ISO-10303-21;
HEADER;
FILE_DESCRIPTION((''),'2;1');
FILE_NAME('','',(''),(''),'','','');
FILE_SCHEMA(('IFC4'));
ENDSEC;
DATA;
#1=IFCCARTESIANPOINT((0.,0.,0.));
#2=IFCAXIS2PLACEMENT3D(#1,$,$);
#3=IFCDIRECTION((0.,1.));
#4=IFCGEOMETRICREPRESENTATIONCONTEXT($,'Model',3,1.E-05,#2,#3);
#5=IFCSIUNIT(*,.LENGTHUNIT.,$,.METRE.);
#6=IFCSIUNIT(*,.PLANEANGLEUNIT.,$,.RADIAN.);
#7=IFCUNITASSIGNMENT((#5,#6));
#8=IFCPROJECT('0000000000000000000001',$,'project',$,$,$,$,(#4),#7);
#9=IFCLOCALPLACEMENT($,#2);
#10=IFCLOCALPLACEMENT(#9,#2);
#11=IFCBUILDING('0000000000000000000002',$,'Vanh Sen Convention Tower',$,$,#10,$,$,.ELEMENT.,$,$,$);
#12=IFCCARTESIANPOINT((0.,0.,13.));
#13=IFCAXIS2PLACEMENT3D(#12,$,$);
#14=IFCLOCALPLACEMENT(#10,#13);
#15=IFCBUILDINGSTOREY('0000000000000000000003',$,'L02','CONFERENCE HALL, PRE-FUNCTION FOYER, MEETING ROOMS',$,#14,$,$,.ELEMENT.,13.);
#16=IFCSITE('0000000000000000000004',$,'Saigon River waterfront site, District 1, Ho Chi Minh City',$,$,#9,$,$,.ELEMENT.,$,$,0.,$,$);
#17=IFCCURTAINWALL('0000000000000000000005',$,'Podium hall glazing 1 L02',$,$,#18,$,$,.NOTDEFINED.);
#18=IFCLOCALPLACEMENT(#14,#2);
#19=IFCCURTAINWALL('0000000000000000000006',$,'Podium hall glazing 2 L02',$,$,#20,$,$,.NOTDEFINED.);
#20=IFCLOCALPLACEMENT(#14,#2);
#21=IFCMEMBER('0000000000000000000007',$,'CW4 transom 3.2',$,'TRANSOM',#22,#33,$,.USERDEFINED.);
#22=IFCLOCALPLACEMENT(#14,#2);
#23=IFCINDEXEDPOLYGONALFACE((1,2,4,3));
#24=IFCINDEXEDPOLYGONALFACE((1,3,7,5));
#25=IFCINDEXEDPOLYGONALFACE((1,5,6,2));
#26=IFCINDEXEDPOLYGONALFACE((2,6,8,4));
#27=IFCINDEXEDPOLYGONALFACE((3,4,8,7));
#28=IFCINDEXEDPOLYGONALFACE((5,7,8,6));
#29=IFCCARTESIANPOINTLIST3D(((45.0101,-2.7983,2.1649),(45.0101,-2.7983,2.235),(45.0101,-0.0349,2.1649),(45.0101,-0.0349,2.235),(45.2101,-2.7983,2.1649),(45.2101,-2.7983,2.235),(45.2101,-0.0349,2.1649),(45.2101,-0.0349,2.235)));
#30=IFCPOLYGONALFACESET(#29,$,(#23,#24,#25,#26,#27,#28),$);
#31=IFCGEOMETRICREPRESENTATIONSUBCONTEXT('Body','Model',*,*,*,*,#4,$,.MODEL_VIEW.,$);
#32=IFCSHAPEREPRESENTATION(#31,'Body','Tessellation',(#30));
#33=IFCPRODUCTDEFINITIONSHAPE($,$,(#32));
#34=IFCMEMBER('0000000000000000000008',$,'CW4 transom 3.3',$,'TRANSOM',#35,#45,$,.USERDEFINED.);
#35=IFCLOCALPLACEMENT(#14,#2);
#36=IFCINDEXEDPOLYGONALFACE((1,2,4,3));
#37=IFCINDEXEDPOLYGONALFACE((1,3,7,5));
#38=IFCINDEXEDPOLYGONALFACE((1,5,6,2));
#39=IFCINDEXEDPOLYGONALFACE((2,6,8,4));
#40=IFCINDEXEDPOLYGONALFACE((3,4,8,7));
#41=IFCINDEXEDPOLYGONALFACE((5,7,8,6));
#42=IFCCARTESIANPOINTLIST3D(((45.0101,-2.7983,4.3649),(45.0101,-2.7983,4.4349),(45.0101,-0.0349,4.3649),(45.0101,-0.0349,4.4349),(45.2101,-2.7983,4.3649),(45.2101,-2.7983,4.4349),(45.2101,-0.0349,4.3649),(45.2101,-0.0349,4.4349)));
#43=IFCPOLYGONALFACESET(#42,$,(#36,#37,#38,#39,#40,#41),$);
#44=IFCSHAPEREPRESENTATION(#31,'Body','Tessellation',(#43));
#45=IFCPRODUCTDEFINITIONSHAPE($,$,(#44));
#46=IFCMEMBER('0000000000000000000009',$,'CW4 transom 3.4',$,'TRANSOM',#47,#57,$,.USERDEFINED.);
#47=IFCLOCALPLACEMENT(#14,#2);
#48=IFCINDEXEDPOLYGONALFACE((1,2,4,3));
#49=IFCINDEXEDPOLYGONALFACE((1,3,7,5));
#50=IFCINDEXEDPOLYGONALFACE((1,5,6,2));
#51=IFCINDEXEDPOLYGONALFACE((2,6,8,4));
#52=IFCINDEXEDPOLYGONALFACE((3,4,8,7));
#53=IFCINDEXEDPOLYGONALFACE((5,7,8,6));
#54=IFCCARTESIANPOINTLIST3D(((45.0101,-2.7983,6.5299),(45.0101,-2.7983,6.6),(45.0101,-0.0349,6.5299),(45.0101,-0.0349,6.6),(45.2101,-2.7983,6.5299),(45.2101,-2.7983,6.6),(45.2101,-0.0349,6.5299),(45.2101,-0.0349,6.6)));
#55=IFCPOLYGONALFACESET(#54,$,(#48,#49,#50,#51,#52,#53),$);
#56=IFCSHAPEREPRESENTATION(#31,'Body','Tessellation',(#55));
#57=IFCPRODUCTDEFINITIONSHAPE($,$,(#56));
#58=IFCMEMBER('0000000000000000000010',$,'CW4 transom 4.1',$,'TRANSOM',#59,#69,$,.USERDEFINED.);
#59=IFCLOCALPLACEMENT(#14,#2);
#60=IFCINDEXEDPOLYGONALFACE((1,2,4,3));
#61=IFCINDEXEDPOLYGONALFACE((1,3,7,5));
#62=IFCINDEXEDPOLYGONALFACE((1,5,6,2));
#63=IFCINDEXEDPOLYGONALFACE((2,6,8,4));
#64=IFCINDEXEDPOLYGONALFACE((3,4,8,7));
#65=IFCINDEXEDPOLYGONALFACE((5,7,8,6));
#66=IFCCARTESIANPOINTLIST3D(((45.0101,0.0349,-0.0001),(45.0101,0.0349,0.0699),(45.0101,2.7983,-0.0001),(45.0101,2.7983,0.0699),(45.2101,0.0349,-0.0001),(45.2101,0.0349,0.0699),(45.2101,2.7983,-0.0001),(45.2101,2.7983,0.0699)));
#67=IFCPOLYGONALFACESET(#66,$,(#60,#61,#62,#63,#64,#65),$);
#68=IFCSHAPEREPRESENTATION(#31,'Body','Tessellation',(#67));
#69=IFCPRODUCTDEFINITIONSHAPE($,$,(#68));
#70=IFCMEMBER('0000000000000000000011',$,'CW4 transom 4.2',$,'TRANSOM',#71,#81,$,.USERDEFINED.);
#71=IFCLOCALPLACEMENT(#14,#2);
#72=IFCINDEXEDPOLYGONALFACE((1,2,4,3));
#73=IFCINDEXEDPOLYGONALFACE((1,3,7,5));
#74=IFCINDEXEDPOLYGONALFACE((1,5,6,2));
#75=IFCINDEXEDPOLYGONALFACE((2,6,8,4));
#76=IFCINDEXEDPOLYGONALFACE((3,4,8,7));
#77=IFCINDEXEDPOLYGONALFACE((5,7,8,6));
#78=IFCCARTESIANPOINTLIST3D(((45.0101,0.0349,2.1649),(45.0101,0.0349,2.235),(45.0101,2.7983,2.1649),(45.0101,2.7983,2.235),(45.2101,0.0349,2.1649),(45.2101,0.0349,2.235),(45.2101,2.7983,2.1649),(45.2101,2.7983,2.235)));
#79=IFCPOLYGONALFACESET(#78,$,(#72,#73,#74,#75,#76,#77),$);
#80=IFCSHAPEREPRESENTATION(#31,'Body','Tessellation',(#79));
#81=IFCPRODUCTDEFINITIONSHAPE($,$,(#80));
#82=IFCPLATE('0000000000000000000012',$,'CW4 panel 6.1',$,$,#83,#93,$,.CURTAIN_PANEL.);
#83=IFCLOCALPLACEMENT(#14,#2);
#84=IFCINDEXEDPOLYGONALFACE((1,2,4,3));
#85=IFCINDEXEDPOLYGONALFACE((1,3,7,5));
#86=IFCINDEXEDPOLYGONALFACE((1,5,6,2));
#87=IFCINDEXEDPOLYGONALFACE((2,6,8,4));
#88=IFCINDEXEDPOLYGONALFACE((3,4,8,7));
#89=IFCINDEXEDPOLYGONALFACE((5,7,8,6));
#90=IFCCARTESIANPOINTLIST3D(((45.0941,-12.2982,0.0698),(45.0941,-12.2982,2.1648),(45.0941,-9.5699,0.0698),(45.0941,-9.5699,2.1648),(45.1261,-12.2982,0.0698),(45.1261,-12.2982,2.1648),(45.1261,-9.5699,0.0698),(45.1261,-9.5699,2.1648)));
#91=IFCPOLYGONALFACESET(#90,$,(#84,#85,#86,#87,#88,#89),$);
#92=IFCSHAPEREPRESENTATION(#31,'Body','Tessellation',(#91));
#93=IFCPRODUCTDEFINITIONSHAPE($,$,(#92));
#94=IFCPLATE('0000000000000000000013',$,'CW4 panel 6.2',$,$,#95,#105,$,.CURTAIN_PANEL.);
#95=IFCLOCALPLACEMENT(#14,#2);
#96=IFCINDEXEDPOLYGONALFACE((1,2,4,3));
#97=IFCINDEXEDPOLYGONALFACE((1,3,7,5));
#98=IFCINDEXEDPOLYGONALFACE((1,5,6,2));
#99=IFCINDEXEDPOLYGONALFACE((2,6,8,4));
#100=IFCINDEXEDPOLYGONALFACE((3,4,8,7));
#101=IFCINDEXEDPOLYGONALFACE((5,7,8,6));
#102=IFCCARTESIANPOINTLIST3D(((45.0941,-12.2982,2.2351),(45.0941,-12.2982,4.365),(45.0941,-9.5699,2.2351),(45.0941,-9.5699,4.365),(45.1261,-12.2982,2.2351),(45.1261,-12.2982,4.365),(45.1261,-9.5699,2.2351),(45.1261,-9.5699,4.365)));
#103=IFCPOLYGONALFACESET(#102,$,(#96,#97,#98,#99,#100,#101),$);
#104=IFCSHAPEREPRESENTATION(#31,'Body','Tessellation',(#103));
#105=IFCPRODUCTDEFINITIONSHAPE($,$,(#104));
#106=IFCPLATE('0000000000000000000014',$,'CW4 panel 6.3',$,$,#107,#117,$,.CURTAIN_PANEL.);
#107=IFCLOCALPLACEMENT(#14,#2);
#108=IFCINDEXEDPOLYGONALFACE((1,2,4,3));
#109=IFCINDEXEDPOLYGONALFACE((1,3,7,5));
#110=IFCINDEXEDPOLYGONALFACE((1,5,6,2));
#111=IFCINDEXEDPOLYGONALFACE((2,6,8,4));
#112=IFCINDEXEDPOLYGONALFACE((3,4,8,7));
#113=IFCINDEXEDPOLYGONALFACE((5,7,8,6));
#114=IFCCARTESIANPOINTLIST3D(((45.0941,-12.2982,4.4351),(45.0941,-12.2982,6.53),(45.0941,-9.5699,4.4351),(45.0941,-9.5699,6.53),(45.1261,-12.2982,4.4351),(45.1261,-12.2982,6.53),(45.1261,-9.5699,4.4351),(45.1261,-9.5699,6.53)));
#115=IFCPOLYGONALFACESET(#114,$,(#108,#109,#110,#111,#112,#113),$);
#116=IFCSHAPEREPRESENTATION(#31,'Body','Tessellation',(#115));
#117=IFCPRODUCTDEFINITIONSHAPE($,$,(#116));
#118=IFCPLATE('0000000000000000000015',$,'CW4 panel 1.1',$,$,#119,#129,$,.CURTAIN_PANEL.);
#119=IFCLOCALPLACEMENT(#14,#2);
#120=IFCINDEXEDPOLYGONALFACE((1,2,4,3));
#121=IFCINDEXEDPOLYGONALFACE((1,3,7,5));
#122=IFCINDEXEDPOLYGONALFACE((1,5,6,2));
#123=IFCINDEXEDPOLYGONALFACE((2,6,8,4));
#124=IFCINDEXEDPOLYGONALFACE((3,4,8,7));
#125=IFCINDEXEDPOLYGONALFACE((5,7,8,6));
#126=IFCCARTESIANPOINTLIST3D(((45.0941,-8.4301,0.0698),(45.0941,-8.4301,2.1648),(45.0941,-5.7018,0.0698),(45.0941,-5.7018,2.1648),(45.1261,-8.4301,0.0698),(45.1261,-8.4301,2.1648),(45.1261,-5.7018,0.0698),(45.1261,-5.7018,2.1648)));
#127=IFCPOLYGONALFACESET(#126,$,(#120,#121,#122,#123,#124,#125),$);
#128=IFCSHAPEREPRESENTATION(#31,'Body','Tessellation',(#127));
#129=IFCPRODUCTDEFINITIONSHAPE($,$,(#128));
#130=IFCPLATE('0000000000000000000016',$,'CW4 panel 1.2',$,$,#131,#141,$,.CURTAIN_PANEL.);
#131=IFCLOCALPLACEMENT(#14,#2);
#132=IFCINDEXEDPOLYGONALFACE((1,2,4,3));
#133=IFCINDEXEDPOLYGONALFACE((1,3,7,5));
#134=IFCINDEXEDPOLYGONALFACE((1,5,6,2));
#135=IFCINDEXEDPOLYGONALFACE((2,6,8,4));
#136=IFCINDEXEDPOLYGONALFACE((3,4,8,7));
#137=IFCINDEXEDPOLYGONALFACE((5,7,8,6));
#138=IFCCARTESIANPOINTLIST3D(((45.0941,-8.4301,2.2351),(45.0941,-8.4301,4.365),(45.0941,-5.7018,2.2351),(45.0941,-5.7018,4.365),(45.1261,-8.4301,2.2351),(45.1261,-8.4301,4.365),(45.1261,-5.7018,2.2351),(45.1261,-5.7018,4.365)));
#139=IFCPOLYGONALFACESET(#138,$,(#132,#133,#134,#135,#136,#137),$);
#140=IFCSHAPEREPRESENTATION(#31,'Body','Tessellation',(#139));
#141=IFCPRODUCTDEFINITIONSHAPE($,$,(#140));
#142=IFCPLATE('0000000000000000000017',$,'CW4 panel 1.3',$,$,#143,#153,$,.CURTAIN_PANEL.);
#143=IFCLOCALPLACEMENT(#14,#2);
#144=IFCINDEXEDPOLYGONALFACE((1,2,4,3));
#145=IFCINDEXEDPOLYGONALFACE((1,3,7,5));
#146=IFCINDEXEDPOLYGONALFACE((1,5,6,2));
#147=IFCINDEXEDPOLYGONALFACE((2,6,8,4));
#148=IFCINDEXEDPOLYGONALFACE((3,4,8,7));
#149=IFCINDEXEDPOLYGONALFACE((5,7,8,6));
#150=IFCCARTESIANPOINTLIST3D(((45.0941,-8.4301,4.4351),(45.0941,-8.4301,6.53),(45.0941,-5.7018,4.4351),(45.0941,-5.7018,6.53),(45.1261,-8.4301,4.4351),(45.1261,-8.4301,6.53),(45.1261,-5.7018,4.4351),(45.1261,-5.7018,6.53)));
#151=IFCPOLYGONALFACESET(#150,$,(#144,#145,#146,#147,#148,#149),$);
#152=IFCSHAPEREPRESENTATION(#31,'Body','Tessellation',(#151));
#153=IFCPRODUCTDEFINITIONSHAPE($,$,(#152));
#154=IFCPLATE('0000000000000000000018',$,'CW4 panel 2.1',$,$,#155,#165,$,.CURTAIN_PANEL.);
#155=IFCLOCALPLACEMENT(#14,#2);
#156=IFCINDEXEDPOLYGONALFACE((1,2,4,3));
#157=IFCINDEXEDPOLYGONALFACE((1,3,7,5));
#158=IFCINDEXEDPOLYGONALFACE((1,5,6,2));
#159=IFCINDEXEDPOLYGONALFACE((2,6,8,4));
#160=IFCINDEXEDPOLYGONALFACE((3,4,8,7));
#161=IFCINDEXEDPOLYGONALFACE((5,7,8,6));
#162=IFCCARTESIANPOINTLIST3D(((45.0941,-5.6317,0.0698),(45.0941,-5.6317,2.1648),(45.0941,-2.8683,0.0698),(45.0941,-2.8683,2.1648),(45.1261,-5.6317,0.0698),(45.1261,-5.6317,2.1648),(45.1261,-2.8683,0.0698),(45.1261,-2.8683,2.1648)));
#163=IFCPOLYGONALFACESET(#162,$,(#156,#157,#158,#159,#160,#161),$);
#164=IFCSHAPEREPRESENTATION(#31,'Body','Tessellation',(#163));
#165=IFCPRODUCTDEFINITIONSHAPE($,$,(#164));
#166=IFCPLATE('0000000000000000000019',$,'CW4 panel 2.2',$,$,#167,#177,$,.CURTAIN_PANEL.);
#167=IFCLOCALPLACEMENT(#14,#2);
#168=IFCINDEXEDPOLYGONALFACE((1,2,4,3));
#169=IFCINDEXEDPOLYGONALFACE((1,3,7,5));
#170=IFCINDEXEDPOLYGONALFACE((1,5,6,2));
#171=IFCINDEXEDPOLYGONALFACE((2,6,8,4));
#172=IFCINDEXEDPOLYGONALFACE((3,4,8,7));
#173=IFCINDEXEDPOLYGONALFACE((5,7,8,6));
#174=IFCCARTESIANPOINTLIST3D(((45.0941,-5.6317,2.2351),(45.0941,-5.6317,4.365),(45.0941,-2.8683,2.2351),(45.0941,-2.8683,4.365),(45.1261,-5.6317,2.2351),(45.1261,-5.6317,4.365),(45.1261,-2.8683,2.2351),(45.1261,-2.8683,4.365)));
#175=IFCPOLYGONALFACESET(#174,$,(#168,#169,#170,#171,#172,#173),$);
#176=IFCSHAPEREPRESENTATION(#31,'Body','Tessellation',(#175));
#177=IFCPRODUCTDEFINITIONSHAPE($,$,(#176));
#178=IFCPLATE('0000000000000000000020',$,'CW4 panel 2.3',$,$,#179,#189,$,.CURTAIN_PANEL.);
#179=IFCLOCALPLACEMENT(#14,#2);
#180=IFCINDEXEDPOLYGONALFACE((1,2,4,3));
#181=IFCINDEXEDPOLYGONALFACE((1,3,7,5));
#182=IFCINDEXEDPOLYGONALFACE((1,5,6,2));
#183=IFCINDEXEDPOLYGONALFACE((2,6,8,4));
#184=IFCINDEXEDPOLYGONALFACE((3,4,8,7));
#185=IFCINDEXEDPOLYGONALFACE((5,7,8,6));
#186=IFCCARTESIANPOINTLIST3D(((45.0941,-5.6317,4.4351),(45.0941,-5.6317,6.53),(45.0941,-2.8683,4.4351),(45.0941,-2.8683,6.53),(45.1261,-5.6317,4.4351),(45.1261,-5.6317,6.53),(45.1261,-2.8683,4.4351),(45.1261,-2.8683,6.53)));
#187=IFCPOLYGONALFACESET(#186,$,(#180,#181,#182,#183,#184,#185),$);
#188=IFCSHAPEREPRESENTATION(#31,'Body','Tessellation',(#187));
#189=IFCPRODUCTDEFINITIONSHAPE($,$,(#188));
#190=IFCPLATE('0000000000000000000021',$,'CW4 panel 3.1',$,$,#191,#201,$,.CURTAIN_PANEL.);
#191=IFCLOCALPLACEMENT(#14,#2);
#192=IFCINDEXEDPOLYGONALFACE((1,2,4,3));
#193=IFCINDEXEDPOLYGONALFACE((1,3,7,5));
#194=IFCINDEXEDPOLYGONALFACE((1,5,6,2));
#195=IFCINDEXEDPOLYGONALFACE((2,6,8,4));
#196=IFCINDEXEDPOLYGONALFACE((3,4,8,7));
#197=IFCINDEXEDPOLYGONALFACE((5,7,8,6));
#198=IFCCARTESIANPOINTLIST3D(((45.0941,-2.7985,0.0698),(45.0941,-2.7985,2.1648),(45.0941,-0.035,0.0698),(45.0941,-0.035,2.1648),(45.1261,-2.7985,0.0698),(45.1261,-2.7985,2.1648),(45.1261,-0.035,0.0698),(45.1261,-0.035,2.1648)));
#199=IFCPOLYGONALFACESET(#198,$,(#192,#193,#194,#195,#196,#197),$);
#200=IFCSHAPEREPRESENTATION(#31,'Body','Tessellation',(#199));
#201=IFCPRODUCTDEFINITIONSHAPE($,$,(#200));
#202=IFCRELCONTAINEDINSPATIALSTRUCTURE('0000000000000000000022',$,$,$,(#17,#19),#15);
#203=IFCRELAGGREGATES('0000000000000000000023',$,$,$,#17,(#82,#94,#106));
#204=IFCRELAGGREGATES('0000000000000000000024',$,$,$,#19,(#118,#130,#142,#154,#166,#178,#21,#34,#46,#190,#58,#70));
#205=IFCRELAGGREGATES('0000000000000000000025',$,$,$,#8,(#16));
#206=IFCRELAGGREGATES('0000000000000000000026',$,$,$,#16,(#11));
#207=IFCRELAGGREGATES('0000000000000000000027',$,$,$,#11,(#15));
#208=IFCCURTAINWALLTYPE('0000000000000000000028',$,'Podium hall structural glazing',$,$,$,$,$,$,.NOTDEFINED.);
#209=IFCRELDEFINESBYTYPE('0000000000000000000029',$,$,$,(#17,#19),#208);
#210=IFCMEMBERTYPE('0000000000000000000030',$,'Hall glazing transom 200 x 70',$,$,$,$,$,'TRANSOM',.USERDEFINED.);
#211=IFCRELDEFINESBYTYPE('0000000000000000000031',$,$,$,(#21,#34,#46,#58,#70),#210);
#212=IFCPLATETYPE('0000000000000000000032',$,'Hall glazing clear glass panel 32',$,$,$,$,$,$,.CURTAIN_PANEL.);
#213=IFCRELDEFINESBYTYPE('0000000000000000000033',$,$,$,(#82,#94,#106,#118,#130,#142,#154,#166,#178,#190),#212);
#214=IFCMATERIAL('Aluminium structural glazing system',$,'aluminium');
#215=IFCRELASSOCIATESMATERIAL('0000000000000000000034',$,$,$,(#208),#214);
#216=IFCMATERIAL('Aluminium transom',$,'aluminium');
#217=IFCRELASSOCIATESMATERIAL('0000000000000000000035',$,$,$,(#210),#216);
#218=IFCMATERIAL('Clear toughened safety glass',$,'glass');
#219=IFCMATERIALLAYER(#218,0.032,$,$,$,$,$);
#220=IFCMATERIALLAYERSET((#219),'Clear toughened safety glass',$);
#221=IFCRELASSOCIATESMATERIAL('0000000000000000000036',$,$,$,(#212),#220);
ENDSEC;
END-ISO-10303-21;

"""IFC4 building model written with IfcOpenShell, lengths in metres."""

from ifc_helpers import new_model, si_unit, direction, frame, origin, origin_2d, place, context, subcontext, project, spatial, rectangle, extrude, material, layer, layer_set, material_profile, profile_set, type_object, element, aggregate, save


model = new_model("IFC4")

# Units and contexts
model_context = context("Model", 3, precision=1e-05, world=origin(), true_north=direction((0.0, 1.0)))
body_context = subcontext(model_context, "Body", "Model", "MODEL_VIEW")
ifc_project = project(units=[si_unit("LENGTHUNIT", "METRE"), si_unit("PLANEANGLEUNIT", "RADIAN")], contexts=[model_context])

# Site, building, storey
site_placement = place(None, origin())
site = spatial("IfcSite", under=ifc_project, at=site_placement, Name="Saigon River waterfront site, District 1, Ho Chi Minh City", CompositionType="ELEMENT", RefElevation=0.0)
building_placement = place(site_placement, origin())
building = spatial("IfcBuilding", under=site, at=building_placement, Name="Vanh Sen Convention Tower", CompositionType="ELEMENT")
storey_placement = place(building_placement, frame((0.0, 0.0, 13.0)))
storey = spatial("IfcBuildingStorey", under=building, at=storey_placement, Name="L02", Description="CONFERENCE HALL, PRE-FUNCTION FOYER, MEETING ROOMS", CompositionType="ELEMENT", Elevation=13.0)

# Curtain wall
ifc_material_1 = material(Name="Aluminium structural glazing system", Category="aluminium")
curtain_wall_type = type_object("IfcCurtainWallType", Name="Podium hall structural glazing", PredefinedType="NOTDEFINED", material=ifc_material_1)
curtain_wall_1_placement = place(storey_placement, origin())
curtain_wall_1 = element("IfcCurtainWall", 1, at=curtain_wall_1_placement, inside=storey, type_object=curtain_wall_type, Name="Podium hall glazing 1 L02", PredefinedType="NOTDEFINED")

# Curtain wall
curtain_wall_2_placement = place(storey_placement, origin())
curtain_wall_2 = element("IfcCurtainWall", 2, at=curtain_wall_2_placement, inside=storey, type_object=curtain_wall_type, Name="Podium hall glazing 2 L02", PredefinedType="NOTDEFINED")

# Members
ifc_material_2 = material(Name="Aluminium transom", Category="aluminium")
ifc_material_profile_1 = material_profile(ifc_material_2, rectangle(XDim=0.2, YDim=0.0701, at=origin_2d()), Name="Hall glazing transom 200 x 70")
ifc_profile_set_1 = profile_set([ifc_material_profile_1], Name="Aluminium transom")
member_type_1 = type_object("IfcMemberType", Name="Hall glazing transom 200 x 70", ElementType="TRANSOM", PredefinedType="USERDEFINED", material=ifc_profile_set_1)
member_1_placement = place(storey_placement, frame((45.1101, -2.7983, 2.2), z_axis=(0.0, 1.0, 0.0), x_axis=(-1.0, 0.0, 0.0)))
member_1 = element("IfcMember", 3, at=member_1_placement, type_object=member_type_1, Name="CW4 transom 3.2", ObjectType="TRANSOM", PredefinedType="USERDEFINED", context=body_context, shape_type="SweptSolid", body=[
    extrude(rectangle(XDim=0.2, YDim=0.0701, at=origin_2d()), origin(), (0.0, 0.0, 1.0), 2.7634),
])
member_2_placement = place(storey_placement, frame((45.1101, -2.7983, 4.3999), z_axis=(0.0, 1.0, 0.0), x_axis=(-1.0, 0.0, 0.0)))
member_2 = element("IfcMember", 4, at=member_2_placement, type_object=member_type_1, Name="CW4 transom 3.3", ObjectType="TRANSOM", PredefinedType="USERDEFINED", context=body_context, shape_type="SweptSolid", body=[
    extrude(rectangle(XDim=0.2, YDim=0.0701, at=origin_2d()), origin(), (0.0, 0.0, 1.0), 2.7634),
])
member_3_placement = place(storey_placement, frame((45.1101, -2.7983, 6.5649), z_axis=(0.0, 1.0, 0.0), x_axis=(-1.0, 0.0, 0.0)))
member_3 = element("IfcMember", 5, at=member_3_placement, type_object=member_type_1, Name="CW4 transom 3.4", ObjectType="TRANSOM", PredefinedType="USERDEFINED", context=body_context, shape_type="SweptSolid", body=[
    extrude(rectangle(XDim=0.2, YDim=0.0701, at=origin_2d()), origin(), (0.0, 0.0, 1.0), 2.7634),
])
member_4_placement = place(storey_placement, frame((45.1101, 0.0349, 0.0349), z_axis=(0.0, 1.0, 0.0), x_axis=(-1.0, 0.0, 0.0)))
member_4 = element("IfcMember", 6, at=member_4_placement, type_object=member_type_1, Name="CW4 transom 4.1", ObjectType="TRANSOM", PredefinedType="USERDEFINED", context=body_context, shape_type="SweptSolid", body=[
    extrude(rectangle(XDim=0.2, YDim=0.0701, at=origin_2d()), origin(), (0.0, 0.0, 1.0), 2.7634),
])
member_5_placement = place(storey_placement, frame((45.1101, 0.0349, 2.2), z_axis=(0.0, 1.0, 0.0), x_axis=(-1.0, 0.0, 0.0)))
member_5 = element("IfcMember", 7, at=member_5_placement, type_object=member_type_1, Name="CW4 transom 4.2", ObjectType="TRANSOM", PredefinedType="USERDEFINED", context=body_context, shape_type="SweptSolid", body=[
    extrude(rectangle(XDim=0.2, YDim=0.0701, at=origin_2d()), origin(), (0.0, 0.0, 1.0), 2.7634),
])

# Plates
ifc_material_3 = material(Name="Clear toughened safety glass", Category="glass")
ifc_layer = layer(ifc_material_3, 0.032)
ifc_layer_set = layer_set([ifc_layer], Name="Clear toughened safety glass")
plate_type = type_object("IfcPlateType", Name="Hall glazing clear glass panel 32", PredefinedType="CURTAIN_PANEL", material=ifc_layer_set)
plate_1_placement = place(storey_placement, frame((45.1101, -10.9341, 0.0698), z_axis=(0.0, 0.0, 1.0), x_axis=(0.0, 1.0, 0.0)))
plate_1 = element("IfcPlate", 8, at=plate_1_placement, type_object=plate_type, Name="CW4 panel 6.1", PredefinedType="CURTAIN_PANEL", context=body_context, shape_type="SweptSolid", body=[
    extrude(rectangle(XDim=2.7283, YDim=0.032, at=origin_2d()), origin(), (0.0, 0.0, 1.0), 2.095),
])
plate_2_placement = place(storey_placement, frame((45.1101, -10.9341, 2.2351), z_axis=(0.0, 0.0, 1.0), x_axis=(0.0, 1.0, 0.0)))
plate_2 = element("IfcPlate", 9, at=plate_2_placement, type_object=plate_type, Name="CW4 panel 6.2", PredefinedType="CURTAIN_PANEL", context=body_context, shape_type="SweptSolid", body=[
    extrude(rectangle(XDim=2.7283, YDim=0.032, at=origin_2d()), origin(), (0.0, 0.0, 1.0), 2.1299),
])
plate_3_placement = place(storey_placement, frame((45.1101, -10.9341, 4.4351), z_axis=(0.0, 0.0, 1.0), x_axis=(0.0, 1.0, 0.0)))
plate_3 = element("IfcPlate", 10, at=plate_3_placement, type_object=plate_type, Name="CW4 panel 6.3", PredefinedType="CURTAIN_PANEL", context=body_context, shape_type="SweptSolid", body=[
    extrude(rectangle(XDim=2.7283, YDim=0.032, at=origin_2d()), origin(), (0.0, 0.0, 1.0), 2.095),
])
aggregate(curtain_wall_1, [plate_1, plate_2, plate_3])
plate_4_placement = place(storey_placement, frame((45.1101, -7.0659, 0.0698), z_axis=(0.0, 0.0, 1.0), x_axis=(0.0, 1.0, 0.0)))
plate_4 = element("IfcPlate", 11, at=plate_4_placement, type_object=plate_type, Name="CW4 panel 1.1", PredefinedType="CURTAIN_PANEL", context=body_context, shape_type="SweptSolid", body=[
    extrude(rectangle(XDim=2.7283, YDim=0.032, at=origin_2d()), origin(), (0.0, 0.0, 1.0), 2.095),
])
plate_5_placement = place(storey_placement, frame((45.1101, -7.0659, 2.2351), z_axis=(0.0, 0.0, 1.0), x_axis=(0.0, 1.0, 0.0)))
plate_5 = element("IfcPlate", 12, at=plate_5_placement, type_object=plate_type, Name="CW4 panel 1.2", PredefinedType="CURTAIN_PANEL", context=body_context, shape_type="SweptSolid", body=[
    extrude(rectangle(XDim=2.7283, YDim=0.032, at=origin_2d()), origin(), (0.0, 0.0, 1.0), 2.1299),
])
plate_6_placement = place(storey_placement, frame((45.1101, -7.0659, 4.4351), z_axis=(0.0, 0.0, 1.0), x_axis=(0.0, 1.0, 0.0)))
plate_6 = element("IfcPlate", 13, at=plate_6_placement, type_object=plate_type, Name="CW4 panel 1.3", PredefinedType="CURTAIN_PANEL", context=body_context, shape_type="SweptSolid", body=[
    extrude(rectangle(XDim=2.7283, YDim=0.032, at=origin_2d()), origin(), (0.0, 0.0, 1.0), 2.095),
])
plate_7_placement = place(storey_placement, frame((45.1101, -4.25, 0.0698), z_axis=(0.0, 0.0, 1.0), x_axis=(0.0, 1.0, 0.0)))
plate_7 = element("IfcPlate", 14, at=plate_7_placement, type_object=plate_type, Name="CW4 panel 2.1", PredefinedType="CURTAIN_PANEL", context=body_context, shape_type="SweptSolid", body=[
    extrude(rectangle(XDim=2.7634, YDim=0.032, at=origin_2d()), origin(), (0.0, 0.0, 1.0), 2.095),
])
plate_8_placement = place(storey_placement, frame((45.1101, -4.25, 2.2351), z_axis=(0.0, 0.0, 1.0), x_axis=(0.0, 1.0, 0.0)))
plate_8 = element("IfcPlate", 15, at=plate_8_placement, type_object=plate_type, Name="CW4 panel 2.2", PredefinedType="CURTAIN_PANEL", context=body_context, shape_type="SweptSolid", body=[
    extrude(rectangle(XDim=2.7634, YDim=0.032, at=origin_2d()), origin(), (0.0, 0.0, 1.0), 2.1299),
])
plate_9_placement = place(storey_placement, frame((45.1101, -4.25, 4.4351), z_axis=(0.0, 0.0, 1.0), x_axis=(0.0, 1.0, 0.0)))
plate_9 = element("IfcPlate", 16, at=plate_9_placement, type_object=plate_type, Name="CW4 panel 2.3", PredefinedType="CURTAIN_PANEL", context=body_context, shape_type="SweptSolid", body=[
    extrude(rectangle(XDim=2.7634, YDim=0.032, at=origin_2d()), origin(), (0.0, 0.0, 1.0), 2.095),
])
plate_10_placement = place(storey_placement, frame((45.1101, -1.4167, 0.0698), z_axis=(0.0, 0.0, 1.0), x_axis=(0.0, 1.0, 0.0)))
plate_10 = element("IfcPlate", 17, at=plate_10_placement, type_object=plate_type, Name="CW4 panel 3.1", PredefinedType="CURTAIN_PANEL", context=body_context, shape_type="SweptSolid", body=[
    extrude(rectangle(XDim=2.7634, YDim=0.032, at=origin_2d()), origin(), (0.0, 0.0, 1.0), 2.095),
])
aggregate(curtain_wall_2, [plate_4, plate_5, plate_6, plate_7, plate_8, plate_9, member_1, member_2, member_3, plate_10, member_4, member_5])

save(model, "model.ifc")
